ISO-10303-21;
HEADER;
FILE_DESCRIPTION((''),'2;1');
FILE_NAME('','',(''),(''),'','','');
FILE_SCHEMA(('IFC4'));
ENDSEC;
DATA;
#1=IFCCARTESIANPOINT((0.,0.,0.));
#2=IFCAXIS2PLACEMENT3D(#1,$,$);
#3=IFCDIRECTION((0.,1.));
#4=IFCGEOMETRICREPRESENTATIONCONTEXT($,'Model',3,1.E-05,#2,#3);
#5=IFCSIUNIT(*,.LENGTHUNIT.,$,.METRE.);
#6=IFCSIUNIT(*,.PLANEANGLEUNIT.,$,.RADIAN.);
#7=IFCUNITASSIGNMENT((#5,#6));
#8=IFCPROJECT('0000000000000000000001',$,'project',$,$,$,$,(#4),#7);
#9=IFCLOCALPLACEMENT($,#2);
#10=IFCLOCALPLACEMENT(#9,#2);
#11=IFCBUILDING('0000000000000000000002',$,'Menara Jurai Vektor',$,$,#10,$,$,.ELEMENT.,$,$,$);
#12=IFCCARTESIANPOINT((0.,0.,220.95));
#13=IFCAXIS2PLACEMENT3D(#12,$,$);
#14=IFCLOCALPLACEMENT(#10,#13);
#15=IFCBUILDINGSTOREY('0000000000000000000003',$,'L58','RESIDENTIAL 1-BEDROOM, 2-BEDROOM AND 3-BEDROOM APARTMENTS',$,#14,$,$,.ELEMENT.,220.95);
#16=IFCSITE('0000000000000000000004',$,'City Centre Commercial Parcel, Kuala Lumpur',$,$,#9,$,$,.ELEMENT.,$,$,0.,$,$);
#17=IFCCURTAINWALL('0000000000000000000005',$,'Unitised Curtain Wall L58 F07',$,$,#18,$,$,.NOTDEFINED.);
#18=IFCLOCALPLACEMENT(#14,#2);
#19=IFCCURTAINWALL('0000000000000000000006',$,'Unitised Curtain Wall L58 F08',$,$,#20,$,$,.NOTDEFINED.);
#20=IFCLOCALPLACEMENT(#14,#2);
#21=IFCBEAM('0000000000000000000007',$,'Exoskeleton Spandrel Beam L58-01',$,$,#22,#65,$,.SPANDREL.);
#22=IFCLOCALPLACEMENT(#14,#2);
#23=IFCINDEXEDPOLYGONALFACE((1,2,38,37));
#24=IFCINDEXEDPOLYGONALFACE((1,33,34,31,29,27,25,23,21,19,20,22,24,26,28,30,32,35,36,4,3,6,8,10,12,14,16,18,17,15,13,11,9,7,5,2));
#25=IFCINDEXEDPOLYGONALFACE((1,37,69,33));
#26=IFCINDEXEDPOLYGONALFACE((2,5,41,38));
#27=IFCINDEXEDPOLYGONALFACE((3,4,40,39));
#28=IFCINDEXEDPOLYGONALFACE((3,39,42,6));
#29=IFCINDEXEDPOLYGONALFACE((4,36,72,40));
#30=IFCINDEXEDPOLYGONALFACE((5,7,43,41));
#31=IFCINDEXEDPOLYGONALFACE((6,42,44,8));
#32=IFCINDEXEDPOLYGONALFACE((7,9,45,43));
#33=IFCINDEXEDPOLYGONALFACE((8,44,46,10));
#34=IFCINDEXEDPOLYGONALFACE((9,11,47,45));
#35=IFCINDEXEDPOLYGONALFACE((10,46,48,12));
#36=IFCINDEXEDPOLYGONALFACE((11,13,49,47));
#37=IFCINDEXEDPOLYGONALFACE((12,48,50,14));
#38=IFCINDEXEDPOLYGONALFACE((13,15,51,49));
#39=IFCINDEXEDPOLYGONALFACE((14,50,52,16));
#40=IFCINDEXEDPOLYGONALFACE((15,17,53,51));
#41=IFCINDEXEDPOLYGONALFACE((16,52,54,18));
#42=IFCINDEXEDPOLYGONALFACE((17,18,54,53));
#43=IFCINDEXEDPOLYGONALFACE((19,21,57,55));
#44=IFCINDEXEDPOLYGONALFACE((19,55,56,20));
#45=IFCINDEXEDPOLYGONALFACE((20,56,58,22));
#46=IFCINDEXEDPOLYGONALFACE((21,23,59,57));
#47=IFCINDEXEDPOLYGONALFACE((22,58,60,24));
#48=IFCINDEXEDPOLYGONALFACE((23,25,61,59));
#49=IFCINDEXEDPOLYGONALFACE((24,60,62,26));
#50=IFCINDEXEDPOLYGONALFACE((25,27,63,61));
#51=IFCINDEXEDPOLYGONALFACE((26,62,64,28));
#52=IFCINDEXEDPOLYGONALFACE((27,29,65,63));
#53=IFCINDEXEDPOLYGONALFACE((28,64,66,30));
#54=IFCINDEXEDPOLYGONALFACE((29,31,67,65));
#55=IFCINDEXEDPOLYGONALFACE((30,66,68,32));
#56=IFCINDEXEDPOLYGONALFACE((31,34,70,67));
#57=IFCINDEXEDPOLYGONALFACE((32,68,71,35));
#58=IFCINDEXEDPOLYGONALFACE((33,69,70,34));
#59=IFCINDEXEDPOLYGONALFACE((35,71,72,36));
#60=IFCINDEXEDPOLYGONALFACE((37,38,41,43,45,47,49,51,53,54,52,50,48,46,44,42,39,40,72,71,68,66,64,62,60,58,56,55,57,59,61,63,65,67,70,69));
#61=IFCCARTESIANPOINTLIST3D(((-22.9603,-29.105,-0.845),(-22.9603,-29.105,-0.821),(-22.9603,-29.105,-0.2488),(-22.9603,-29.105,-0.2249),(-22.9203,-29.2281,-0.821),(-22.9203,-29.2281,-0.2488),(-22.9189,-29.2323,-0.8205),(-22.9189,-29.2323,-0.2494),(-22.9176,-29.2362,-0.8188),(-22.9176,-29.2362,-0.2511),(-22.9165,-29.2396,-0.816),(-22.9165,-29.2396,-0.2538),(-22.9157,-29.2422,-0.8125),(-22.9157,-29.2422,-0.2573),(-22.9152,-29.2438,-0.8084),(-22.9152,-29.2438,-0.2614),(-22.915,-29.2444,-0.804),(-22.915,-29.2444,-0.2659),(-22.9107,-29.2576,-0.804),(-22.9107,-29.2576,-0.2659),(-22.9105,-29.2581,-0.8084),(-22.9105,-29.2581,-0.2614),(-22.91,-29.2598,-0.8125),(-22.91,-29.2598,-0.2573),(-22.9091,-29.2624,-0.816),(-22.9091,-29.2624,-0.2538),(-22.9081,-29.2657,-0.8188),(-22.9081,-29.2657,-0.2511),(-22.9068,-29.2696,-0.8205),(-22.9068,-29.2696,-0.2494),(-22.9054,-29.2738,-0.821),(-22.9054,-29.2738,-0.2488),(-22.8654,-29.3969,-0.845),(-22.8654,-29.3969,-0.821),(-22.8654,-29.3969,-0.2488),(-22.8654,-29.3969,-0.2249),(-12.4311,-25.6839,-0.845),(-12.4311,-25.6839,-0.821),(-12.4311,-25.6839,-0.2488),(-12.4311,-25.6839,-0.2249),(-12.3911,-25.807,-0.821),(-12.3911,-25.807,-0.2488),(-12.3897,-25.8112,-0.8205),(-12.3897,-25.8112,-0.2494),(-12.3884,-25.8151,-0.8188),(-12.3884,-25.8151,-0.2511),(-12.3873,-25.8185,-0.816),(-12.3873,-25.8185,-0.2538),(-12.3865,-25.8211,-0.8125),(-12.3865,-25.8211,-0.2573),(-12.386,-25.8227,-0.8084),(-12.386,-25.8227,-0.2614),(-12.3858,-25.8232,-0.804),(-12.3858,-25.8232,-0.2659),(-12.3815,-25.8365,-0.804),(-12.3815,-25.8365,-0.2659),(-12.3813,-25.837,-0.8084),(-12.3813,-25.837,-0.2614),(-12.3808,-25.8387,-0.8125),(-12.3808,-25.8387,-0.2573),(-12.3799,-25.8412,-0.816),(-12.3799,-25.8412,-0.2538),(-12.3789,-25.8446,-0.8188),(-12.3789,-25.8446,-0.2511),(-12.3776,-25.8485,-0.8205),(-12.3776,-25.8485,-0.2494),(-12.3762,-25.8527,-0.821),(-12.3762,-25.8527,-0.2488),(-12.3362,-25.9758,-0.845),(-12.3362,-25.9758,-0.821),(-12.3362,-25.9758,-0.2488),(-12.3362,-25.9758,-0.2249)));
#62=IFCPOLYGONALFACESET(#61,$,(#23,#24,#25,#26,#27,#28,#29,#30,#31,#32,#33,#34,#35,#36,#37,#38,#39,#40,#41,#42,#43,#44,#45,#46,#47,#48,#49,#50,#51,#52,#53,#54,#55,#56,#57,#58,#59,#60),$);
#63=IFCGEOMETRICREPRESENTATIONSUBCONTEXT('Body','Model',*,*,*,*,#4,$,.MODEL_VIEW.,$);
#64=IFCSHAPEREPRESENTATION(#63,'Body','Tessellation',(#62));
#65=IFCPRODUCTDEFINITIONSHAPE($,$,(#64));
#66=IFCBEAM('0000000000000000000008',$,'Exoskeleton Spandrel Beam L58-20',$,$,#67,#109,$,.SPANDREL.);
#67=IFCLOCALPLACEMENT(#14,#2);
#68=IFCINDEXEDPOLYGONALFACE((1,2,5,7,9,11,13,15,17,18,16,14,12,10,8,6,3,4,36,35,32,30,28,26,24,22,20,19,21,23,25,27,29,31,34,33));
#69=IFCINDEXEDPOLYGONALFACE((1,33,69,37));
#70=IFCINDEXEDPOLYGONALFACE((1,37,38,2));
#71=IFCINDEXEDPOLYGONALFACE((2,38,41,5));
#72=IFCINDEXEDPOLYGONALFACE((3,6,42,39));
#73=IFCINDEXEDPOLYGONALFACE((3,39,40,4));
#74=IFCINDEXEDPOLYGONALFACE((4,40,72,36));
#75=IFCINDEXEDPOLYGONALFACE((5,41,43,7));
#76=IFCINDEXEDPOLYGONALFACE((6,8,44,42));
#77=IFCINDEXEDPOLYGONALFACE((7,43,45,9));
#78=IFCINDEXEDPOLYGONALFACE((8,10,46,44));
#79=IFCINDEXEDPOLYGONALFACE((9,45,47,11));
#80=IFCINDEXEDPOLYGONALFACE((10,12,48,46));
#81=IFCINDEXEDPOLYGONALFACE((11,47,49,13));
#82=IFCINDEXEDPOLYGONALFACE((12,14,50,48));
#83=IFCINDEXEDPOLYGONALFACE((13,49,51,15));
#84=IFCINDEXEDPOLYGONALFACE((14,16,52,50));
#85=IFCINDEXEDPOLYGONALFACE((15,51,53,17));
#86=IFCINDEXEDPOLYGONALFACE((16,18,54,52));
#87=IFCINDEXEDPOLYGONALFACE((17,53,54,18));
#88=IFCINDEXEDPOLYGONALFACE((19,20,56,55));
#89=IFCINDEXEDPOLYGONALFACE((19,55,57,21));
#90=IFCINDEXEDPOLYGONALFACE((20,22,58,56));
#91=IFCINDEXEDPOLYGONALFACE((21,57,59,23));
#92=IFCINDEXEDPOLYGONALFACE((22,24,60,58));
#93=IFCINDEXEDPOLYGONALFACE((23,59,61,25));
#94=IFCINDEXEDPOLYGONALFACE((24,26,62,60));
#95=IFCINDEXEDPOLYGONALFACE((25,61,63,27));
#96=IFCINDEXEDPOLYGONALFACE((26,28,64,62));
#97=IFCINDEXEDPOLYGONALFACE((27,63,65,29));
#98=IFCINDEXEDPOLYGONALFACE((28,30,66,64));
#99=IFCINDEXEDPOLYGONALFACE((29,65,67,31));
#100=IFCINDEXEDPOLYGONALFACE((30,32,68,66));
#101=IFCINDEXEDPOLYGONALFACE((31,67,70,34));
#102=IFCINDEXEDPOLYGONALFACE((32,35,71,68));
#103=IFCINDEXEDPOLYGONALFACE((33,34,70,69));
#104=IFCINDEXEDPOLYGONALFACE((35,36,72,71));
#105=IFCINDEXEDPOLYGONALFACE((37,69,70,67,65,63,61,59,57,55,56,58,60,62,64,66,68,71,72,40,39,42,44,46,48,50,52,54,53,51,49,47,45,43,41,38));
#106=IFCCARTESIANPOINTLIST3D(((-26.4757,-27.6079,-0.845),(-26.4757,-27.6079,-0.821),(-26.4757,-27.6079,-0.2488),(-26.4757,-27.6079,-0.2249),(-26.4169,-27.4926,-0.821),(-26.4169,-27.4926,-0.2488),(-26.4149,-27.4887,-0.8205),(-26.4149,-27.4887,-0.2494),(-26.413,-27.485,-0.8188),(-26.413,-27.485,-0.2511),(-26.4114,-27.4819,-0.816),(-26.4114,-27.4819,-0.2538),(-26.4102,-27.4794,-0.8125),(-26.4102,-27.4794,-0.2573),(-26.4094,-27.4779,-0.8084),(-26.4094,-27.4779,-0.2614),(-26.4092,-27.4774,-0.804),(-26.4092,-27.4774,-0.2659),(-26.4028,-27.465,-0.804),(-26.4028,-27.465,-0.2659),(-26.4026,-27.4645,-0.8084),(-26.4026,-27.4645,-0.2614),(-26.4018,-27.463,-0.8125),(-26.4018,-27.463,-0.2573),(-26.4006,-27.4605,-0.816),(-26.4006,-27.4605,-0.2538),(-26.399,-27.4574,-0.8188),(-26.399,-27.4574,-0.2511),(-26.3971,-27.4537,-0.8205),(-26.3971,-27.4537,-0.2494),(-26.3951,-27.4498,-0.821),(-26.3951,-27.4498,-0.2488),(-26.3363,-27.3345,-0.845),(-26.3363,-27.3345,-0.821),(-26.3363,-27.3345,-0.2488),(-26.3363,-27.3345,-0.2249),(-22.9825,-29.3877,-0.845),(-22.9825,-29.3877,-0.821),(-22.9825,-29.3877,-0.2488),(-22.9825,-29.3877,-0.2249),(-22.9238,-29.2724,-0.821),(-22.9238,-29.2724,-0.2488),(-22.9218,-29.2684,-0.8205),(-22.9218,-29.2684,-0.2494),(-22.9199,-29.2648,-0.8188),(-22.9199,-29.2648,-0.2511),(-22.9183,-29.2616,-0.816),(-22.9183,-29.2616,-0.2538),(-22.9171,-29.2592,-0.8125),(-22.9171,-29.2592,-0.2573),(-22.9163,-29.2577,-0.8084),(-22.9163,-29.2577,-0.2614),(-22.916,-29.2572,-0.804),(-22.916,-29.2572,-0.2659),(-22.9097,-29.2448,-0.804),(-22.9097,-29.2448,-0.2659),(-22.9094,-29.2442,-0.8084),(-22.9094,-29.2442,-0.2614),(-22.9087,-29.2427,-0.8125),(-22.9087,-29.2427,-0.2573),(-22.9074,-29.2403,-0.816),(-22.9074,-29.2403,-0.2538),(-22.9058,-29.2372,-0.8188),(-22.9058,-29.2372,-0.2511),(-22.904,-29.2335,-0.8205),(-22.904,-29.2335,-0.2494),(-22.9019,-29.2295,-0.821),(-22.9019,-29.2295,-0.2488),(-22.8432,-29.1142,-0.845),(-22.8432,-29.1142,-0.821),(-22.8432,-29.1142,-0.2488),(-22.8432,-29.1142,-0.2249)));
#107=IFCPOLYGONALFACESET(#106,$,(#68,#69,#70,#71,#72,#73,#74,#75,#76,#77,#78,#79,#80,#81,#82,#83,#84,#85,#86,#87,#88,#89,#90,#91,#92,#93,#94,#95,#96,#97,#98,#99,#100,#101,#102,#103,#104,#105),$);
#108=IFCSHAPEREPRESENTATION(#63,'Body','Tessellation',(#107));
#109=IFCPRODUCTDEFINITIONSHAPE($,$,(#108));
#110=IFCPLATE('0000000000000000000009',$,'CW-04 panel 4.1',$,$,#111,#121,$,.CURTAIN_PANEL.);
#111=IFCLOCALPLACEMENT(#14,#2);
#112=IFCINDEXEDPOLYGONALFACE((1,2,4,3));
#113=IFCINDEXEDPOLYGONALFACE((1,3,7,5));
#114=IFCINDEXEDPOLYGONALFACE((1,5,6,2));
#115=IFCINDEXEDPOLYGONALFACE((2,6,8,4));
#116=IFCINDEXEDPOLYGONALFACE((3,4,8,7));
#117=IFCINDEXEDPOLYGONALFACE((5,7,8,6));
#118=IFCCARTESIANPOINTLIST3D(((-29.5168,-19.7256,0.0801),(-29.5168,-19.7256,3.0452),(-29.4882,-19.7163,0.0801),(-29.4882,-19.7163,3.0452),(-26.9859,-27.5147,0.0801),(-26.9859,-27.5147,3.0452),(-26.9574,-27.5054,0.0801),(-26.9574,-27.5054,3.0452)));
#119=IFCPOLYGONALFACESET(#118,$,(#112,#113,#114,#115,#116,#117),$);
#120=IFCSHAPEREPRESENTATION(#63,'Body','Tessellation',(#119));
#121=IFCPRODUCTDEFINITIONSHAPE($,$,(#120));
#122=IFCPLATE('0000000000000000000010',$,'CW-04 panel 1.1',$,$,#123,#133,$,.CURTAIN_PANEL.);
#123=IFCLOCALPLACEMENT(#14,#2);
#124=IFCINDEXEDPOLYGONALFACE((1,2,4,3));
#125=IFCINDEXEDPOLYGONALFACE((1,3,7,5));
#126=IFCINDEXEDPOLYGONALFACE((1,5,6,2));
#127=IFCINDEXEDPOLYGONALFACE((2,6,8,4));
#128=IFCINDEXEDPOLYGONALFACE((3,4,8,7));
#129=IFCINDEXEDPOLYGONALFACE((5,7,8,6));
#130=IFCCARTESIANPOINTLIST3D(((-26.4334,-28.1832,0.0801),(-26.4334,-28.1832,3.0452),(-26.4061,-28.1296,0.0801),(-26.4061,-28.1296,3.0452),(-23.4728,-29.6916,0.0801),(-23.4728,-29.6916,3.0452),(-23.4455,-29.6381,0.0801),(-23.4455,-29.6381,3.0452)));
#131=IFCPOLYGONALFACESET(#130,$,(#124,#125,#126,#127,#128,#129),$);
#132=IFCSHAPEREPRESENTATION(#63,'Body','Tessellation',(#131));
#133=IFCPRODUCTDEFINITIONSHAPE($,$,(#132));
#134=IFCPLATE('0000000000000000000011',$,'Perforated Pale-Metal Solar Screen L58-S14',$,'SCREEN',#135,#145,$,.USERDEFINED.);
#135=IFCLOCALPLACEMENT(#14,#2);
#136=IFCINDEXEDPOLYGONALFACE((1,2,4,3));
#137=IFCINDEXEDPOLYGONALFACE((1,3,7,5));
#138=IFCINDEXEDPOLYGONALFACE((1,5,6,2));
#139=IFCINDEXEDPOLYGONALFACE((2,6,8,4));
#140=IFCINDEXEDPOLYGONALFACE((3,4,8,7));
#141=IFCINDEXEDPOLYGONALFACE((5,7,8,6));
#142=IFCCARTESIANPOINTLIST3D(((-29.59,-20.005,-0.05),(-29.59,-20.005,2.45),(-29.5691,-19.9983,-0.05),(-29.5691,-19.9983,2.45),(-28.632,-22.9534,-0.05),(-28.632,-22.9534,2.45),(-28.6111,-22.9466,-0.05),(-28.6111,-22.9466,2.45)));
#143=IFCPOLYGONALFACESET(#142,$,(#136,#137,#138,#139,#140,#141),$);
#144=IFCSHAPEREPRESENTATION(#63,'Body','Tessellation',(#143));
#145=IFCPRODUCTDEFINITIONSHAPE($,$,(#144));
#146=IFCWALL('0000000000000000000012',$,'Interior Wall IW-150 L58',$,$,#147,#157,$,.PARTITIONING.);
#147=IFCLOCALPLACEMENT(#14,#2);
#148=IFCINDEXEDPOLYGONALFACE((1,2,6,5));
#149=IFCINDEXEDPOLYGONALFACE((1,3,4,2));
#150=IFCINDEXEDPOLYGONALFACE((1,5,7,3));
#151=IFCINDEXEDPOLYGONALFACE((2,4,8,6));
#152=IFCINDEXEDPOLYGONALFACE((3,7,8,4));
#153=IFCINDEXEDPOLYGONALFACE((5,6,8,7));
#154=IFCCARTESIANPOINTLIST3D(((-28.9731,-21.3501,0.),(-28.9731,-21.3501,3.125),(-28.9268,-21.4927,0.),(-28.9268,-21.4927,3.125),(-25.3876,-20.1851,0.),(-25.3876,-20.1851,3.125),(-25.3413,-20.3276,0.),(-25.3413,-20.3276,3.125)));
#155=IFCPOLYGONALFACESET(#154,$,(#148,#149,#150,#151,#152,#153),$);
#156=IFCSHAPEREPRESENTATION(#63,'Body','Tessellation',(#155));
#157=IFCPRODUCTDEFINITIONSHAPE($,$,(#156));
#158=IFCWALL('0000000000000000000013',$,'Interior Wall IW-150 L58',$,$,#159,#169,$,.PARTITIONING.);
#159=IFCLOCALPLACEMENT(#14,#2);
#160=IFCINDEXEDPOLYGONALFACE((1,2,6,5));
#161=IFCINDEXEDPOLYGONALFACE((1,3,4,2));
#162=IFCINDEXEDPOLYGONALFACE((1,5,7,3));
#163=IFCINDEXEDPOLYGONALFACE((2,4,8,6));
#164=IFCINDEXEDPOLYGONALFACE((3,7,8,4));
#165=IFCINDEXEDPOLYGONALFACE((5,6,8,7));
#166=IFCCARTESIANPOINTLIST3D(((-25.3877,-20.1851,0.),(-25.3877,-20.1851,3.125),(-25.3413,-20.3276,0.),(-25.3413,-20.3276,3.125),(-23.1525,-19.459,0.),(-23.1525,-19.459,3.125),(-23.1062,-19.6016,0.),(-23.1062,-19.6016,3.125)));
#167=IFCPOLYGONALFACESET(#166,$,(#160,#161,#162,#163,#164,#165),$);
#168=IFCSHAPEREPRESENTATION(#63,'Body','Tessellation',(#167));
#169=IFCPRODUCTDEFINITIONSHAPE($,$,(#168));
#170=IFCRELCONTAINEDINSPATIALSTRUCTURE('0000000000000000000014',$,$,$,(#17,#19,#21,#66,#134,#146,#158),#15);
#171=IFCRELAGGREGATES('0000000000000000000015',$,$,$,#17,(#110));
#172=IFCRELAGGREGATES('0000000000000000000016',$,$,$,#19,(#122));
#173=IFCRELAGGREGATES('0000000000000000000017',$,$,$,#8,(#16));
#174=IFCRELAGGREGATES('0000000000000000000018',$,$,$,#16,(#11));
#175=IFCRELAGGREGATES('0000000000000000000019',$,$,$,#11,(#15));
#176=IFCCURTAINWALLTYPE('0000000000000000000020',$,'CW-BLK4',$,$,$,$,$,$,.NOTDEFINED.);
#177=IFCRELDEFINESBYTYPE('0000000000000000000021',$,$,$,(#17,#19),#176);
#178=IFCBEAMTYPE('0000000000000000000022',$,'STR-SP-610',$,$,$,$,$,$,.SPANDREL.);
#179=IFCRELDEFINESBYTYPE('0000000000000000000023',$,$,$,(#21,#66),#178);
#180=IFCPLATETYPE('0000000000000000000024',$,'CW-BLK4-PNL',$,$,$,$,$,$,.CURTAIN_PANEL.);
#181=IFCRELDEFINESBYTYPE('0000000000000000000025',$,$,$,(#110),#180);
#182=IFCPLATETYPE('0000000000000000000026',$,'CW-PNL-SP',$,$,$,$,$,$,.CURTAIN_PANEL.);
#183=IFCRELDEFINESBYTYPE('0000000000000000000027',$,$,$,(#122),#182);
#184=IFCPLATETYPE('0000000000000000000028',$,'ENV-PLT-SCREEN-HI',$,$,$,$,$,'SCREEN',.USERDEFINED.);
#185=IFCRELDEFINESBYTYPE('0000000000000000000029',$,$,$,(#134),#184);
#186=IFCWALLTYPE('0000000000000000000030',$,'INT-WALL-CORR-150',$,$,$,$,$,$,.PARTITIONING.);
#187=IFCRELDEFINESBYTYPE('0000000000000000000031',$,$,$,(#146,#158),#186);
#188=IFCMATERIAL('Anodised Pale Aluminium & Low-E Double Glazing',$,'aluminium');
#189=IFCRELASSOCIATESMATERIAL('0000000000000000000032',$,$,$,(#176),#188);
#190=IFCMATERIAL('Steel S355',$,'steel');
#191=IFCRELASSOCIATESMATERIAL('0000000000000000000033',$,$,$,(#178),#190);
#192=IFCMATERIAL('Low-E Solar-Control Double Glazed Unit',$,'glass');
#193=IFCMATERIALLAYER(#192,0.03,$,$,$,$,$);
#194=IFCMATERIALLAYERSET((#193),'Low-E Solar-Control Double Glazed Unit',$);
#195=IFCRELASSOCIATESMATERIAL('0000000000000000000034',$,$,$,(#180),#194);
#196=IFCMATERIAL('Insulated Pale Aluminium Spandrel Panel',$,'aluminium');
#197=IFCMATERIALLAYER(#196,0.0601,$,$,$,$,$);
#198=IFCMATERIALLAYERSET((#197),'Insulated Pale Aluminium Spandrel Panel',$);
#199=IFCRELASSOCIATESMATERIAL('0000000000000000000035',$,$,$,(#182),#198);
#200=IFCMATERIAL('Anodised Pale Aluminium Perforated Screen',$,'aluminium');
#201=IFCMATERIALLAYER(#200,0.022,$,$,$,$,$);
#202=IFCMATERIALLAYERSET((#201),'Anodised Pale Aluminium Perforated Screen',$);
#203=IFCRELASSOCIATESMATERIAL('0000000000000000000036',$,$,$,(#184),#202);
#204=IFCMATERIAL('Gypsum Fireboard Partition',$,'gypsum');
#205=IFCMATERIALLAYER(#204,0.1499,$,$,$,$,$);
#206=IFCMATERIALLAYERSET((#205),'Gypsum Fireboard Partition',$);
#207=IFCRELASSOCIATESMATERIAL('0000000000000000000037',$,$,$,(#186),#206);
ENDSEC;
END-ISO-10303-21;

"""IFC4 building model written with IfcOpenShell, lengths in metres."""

from ifc_helpers import new_model, si_unit, direction, frame, frame_2d, origin, origin_2d, place, context, subcontext, project, spatial, rectangle, i_section, extrude, material, layer, layer_set, material_profile, profile_set, type_object, element, aggregate, save


model = new_model("IFC4")

# Units and contexts
model_context = context("Model", 3, precision=1e-05, world=origin(), true_north=direction((0.0, 1.0)))
body_context = subcontext(model_context, "Body", "Model", "MODEL_VIEW")
ifc_project = project(units=[si_unit("LENGTHUNIT", "METRE"), si_unit("PLANEANGLEUNIT", "RADIAN")], contexts=[model_context])

# Site, building, storey
site_placement = place(None, origin())
site = spatial("IfcSite", under=ifc_project, at=site_placement, Name="City Centre Commercial Parcel, Kuala Lumpur", CompositionType="ELEMENT", RefElevation=0.0)
building_placement = place(site_placement, origin())
building = spatial("IfcBuilding", under=site, at=building_placement, Name="Menara Jurai Vektor", CompositionType="ELEMENT")
storey_placement = place(building_placement, frame((0.0, 0.0, 220.95)))
storey = spatial("IfcBuildingStorey", under=building, at=storey_placement, Name="L58", Description="RESIDENTIAL 1-BEDROOM, 2-BEDROOM AND 3-BEDROOM APARTMENTS", CompositionType="ELEMENT", Elevation=220.95)

# Curtain wall
ifc_material_1 = material(Name="Anodised Pale Aluminium & Low-E Double Glazing", Category="aluminium")
curtain_wall_type = type_object("IfcCurtainWallType", Name="CW-BLK4", PredefinedType="NOTDEFINED", material=ifc_material_1)
curtain_wall_1_placement = place(storey_placement, origin())
curtain_wall_1 = element("IfcCurtainWall", 1, at=curtain_wall_1_placement, inside=storey, type_object=curtain_wall_type, Name="Unitised Curtain Wall L58 F07", PredefinedType="NOTDEFINED")

# Curtain wall
curtain_wall_2_placement = place(storey_placement, origin())
curtain_wall_2 = element("IfcCurtainWall", 2, at=curtain_wall_2_placement, inside=storey, type_object=curtain_wall_type, Name="Unitised Curtain Wall L58 F08", PredefinedType="NOTDEFINED")

# Shared definitions
ifc_material_2 = material(Name="Steel S355", Category="steel")

# Beams
ifc_material_profile_1 = material_profile(ifc_material_2, i_section(OverallWidth=0.3069, OverallDepth=0.6201, WebThickness=0.0139, FlangeThickness=0.0239, FilletRadius=0.0171, at=origin_2d()), Name="UKB 610x305x179")
ifc_profile_set_1 = profile_set([ifc_material_profile_1], Name="Steel S355")
beam_type_1 = type_object("IfcBeamType", Name="STR-SP-610", PredefinedType="SPANDREL", material=ifc_profile_set_1)
beam_1_placement = place(storey_placement, frame((-22.9128, -29.251, -0.5349), z_axis=(0.951057, 0.309014, 0.0), x_axis=(-0.309014, 0.951057, 0.0)))
element("IfcBeam", 3, at=beam_1_placement, inside=storey, type_object=beam_type_1, Name="Exoskeleton Spandrel Beam L58-01", PredefinedType="SPANDREL", context=body_context, shape_type="SweptSolid", body=[
    extrude(i_section(OverallWidth=0.3069, OverallDepth=0.6201, WebThickness=0.0139, FlangeThickness=0.0239, FilletRadius=0.0171, at=origin_2d()), origin(), (0.0, 0.0, 1.0), 11.071),
])
beam_2_placement = place(storey_placement, frame((-26.406, -27.4712, -0.5349), z_axis=(0.891014, -0.453976, 0.0), x_axis=(0.453976, 0.891014, 0.0)))
element("IfcBeam", 4, at=beam_2_placement, inside=storey, type_object=beam_type_1, Name="Exoskeleton Spandrel Beam L58-20", PredefinedType="SPANDREL", context=body_context, shape_type="SweptSolid", body=[
    extrude(i_section(OverallWidth=0.3069, OverallDepth=0.6201, WebThickness=0.0139, FlangeThickness=0.0239, FilletRadius=0.0171, at=origin_2d()), origin(), (0.0, 0.0, 1.0), 3.9204),
])

# Plates
ifc_material_3 = material(Name="Low-E Solar-Control Double Glazed Unit", Category="glass")
ifc_layer_1 = layer(ifc_material_3, 0.03)
ifc_layer_set_1 = layer_set([ifc_layer_1], Name="Low-E Solar-Control Double Glazed Unit")
plate_type_1 = type_object("IfcPlateType", Name="CW-BLK4-PNL", PredefinedType="CURTAIN_PANEL", material=ifc_layer_set_1)
plate_1_placement = place(storey_placement, frame((-28.2371, -23.6155, 0.0801), z_axis=(0.0, 0.0, 1.0), x_axis=(0.309016, -0.951057, 0.0)))
plate_1 = element("IfcPlate", 5, at=plate_1_placement, type_object=plate_type_1, Name="CW-04 panel 4.1", PredefinedType="CURTAIN_PANEL", context=body_context, shape_type="SweptSolid", body=[
    extrude(rectangle(XDim=8.1899, YDim=0.03, at=origin_2d()), origin(), (0.0, 0.0, 1.0), 2.9651),
])
aggregate(curtain_wall_1, [plate_1])
ifc_material_4 = material(Name="Insulated Pale Aluminium Spandrel Panel", Category="aluminium")
ifc_layer_2 = layer(ifc_material_4, 0.0601)
ifc_layer_set_2 = layer_set([ifc_layer_2], Name="Insulated Pale Aluminium Spandrel Panel")
plate_type_2 = type_object("IfcPlateType", Name="CW-PNL-SP", PredefinedType="CURTAIN_PANEL", material=ifc_layer_set_2)
plate_2_placement = place(storey_placement, frame((-24.9395, -28.9106, 0.0801), z_axis=(0.0, 0.0, 1.0), x_axis=(0.891008, -0.453989, 0.0)))
plate_2 = element("IfcPlate", 6, at=plate_2_placement, type_object=plate_type_2, Name="CW-04 panel 1.1", PredefinedType="CURTAIN_PANEL", context=body_context, shape_type="SweptSolid", body=[
    extrude(rectangle(XDim=3.3228, YDim=0.0601, at=origin_2d()), origin(), (0.0, 0.0, 1.0), 2.9651),
])
aggregate(curtain_wall_2, [plate_2])
ifc_material_5 = material(Name="Anodised Pale Aluminium Perforated Screen", Category="aluminium")
ifc_layer_3 = layer(ifc_material_5, 0.022)
ifc_layer_set_3 = layer_set([ifc_layer_3], Name="Anodised Pale Aluminium Perforated Screen")
plate_type_3 = type_object("IfcPlateType", Name="ENV-PLT-SCREEN-HI", ElementType="SCREEN", PredefinedType="USERDEFINED", material=ifc_layer_set_3)
plate_3_placement = place(storey_placement, frame((-29.1006, -21.4758, -0.05), z_axis=(0.0, 0.0, 1.0), x_axis=(0.309017, -0.951057, 0.0)))
element("IfcPlate", 7, at=plate_3_placement, inside=storey, type_object=plate_type_3, Name="Perforated Pale-Metal Solar Screen L58-S14", ObjectType="SCREEN", PredefinedType="USERDEFINED", context=body_context, shape_type="SweptSolid", body=[
    extrude(rectangle(XDim=3.1001, YDim=0.022, at=origin_2d()), origin(), (0.0, 0.0, 1.0), 2.5),
])

# Walls
ifc_material_6 = material(Name="Gypsum Fireboard Partition", Category="gypsum")
ifc_layer_4 = layer(ifc_material_6, 0.1499)
ifc_layer_set_4 = layer_set([ifc_layer_4], Name="Gypsum Fireboard Partition")
wall_type_1 = type_object("IfcWallType", Name="INT-WALL-CORR-150", PredefinedType="PARTITIONING", material=ifc_layer_set_4)
wall_1_placement = place(storey_placement, frame((-28.95, -21.4214, 0.0), z_axis=(0.0, 0.0, 1.0), x_axis=(0.951052, 0.30903, 0.0)))
element("IfcWall", 8, at=wall_1_placement, inside=storey, type_object=wall_type_1, Name="Interior Wall IW-150 L58", PredefinedType="PARTITIONING", context=body_context, shape_type="SweptSolid", body=[
    extrude(rectangle(XDim=3.77, YDim=0.1499, at=frame_2d((1.885, 0.0))), origin(), (0.0, 0.0, 1.0), 3.125),
])
wall_2_placement = place(storey_placement, frame((-25.3645, -20.2563, 0.0), z_axis=(0.0, 0.0, 1.0), x_axis=(0.951076, 0.308957, 0.0)))
element("IfcWall", 9, at=wall_2_placement, inside=storey, type_object=wall_type_1, Name="Interior Wall IW-150 L58", PredefinedType="PARTITIONING", context=body_context, shape_type="SweptSolid", body=[
    extrude(rectangle(XDim=2.3501, YDim=0.1499, at=frame_2d((1.175, 0.0))), origin(), (0.0, 0.0, 1.0), 3.125),
])

save(model, "model.ifc")
